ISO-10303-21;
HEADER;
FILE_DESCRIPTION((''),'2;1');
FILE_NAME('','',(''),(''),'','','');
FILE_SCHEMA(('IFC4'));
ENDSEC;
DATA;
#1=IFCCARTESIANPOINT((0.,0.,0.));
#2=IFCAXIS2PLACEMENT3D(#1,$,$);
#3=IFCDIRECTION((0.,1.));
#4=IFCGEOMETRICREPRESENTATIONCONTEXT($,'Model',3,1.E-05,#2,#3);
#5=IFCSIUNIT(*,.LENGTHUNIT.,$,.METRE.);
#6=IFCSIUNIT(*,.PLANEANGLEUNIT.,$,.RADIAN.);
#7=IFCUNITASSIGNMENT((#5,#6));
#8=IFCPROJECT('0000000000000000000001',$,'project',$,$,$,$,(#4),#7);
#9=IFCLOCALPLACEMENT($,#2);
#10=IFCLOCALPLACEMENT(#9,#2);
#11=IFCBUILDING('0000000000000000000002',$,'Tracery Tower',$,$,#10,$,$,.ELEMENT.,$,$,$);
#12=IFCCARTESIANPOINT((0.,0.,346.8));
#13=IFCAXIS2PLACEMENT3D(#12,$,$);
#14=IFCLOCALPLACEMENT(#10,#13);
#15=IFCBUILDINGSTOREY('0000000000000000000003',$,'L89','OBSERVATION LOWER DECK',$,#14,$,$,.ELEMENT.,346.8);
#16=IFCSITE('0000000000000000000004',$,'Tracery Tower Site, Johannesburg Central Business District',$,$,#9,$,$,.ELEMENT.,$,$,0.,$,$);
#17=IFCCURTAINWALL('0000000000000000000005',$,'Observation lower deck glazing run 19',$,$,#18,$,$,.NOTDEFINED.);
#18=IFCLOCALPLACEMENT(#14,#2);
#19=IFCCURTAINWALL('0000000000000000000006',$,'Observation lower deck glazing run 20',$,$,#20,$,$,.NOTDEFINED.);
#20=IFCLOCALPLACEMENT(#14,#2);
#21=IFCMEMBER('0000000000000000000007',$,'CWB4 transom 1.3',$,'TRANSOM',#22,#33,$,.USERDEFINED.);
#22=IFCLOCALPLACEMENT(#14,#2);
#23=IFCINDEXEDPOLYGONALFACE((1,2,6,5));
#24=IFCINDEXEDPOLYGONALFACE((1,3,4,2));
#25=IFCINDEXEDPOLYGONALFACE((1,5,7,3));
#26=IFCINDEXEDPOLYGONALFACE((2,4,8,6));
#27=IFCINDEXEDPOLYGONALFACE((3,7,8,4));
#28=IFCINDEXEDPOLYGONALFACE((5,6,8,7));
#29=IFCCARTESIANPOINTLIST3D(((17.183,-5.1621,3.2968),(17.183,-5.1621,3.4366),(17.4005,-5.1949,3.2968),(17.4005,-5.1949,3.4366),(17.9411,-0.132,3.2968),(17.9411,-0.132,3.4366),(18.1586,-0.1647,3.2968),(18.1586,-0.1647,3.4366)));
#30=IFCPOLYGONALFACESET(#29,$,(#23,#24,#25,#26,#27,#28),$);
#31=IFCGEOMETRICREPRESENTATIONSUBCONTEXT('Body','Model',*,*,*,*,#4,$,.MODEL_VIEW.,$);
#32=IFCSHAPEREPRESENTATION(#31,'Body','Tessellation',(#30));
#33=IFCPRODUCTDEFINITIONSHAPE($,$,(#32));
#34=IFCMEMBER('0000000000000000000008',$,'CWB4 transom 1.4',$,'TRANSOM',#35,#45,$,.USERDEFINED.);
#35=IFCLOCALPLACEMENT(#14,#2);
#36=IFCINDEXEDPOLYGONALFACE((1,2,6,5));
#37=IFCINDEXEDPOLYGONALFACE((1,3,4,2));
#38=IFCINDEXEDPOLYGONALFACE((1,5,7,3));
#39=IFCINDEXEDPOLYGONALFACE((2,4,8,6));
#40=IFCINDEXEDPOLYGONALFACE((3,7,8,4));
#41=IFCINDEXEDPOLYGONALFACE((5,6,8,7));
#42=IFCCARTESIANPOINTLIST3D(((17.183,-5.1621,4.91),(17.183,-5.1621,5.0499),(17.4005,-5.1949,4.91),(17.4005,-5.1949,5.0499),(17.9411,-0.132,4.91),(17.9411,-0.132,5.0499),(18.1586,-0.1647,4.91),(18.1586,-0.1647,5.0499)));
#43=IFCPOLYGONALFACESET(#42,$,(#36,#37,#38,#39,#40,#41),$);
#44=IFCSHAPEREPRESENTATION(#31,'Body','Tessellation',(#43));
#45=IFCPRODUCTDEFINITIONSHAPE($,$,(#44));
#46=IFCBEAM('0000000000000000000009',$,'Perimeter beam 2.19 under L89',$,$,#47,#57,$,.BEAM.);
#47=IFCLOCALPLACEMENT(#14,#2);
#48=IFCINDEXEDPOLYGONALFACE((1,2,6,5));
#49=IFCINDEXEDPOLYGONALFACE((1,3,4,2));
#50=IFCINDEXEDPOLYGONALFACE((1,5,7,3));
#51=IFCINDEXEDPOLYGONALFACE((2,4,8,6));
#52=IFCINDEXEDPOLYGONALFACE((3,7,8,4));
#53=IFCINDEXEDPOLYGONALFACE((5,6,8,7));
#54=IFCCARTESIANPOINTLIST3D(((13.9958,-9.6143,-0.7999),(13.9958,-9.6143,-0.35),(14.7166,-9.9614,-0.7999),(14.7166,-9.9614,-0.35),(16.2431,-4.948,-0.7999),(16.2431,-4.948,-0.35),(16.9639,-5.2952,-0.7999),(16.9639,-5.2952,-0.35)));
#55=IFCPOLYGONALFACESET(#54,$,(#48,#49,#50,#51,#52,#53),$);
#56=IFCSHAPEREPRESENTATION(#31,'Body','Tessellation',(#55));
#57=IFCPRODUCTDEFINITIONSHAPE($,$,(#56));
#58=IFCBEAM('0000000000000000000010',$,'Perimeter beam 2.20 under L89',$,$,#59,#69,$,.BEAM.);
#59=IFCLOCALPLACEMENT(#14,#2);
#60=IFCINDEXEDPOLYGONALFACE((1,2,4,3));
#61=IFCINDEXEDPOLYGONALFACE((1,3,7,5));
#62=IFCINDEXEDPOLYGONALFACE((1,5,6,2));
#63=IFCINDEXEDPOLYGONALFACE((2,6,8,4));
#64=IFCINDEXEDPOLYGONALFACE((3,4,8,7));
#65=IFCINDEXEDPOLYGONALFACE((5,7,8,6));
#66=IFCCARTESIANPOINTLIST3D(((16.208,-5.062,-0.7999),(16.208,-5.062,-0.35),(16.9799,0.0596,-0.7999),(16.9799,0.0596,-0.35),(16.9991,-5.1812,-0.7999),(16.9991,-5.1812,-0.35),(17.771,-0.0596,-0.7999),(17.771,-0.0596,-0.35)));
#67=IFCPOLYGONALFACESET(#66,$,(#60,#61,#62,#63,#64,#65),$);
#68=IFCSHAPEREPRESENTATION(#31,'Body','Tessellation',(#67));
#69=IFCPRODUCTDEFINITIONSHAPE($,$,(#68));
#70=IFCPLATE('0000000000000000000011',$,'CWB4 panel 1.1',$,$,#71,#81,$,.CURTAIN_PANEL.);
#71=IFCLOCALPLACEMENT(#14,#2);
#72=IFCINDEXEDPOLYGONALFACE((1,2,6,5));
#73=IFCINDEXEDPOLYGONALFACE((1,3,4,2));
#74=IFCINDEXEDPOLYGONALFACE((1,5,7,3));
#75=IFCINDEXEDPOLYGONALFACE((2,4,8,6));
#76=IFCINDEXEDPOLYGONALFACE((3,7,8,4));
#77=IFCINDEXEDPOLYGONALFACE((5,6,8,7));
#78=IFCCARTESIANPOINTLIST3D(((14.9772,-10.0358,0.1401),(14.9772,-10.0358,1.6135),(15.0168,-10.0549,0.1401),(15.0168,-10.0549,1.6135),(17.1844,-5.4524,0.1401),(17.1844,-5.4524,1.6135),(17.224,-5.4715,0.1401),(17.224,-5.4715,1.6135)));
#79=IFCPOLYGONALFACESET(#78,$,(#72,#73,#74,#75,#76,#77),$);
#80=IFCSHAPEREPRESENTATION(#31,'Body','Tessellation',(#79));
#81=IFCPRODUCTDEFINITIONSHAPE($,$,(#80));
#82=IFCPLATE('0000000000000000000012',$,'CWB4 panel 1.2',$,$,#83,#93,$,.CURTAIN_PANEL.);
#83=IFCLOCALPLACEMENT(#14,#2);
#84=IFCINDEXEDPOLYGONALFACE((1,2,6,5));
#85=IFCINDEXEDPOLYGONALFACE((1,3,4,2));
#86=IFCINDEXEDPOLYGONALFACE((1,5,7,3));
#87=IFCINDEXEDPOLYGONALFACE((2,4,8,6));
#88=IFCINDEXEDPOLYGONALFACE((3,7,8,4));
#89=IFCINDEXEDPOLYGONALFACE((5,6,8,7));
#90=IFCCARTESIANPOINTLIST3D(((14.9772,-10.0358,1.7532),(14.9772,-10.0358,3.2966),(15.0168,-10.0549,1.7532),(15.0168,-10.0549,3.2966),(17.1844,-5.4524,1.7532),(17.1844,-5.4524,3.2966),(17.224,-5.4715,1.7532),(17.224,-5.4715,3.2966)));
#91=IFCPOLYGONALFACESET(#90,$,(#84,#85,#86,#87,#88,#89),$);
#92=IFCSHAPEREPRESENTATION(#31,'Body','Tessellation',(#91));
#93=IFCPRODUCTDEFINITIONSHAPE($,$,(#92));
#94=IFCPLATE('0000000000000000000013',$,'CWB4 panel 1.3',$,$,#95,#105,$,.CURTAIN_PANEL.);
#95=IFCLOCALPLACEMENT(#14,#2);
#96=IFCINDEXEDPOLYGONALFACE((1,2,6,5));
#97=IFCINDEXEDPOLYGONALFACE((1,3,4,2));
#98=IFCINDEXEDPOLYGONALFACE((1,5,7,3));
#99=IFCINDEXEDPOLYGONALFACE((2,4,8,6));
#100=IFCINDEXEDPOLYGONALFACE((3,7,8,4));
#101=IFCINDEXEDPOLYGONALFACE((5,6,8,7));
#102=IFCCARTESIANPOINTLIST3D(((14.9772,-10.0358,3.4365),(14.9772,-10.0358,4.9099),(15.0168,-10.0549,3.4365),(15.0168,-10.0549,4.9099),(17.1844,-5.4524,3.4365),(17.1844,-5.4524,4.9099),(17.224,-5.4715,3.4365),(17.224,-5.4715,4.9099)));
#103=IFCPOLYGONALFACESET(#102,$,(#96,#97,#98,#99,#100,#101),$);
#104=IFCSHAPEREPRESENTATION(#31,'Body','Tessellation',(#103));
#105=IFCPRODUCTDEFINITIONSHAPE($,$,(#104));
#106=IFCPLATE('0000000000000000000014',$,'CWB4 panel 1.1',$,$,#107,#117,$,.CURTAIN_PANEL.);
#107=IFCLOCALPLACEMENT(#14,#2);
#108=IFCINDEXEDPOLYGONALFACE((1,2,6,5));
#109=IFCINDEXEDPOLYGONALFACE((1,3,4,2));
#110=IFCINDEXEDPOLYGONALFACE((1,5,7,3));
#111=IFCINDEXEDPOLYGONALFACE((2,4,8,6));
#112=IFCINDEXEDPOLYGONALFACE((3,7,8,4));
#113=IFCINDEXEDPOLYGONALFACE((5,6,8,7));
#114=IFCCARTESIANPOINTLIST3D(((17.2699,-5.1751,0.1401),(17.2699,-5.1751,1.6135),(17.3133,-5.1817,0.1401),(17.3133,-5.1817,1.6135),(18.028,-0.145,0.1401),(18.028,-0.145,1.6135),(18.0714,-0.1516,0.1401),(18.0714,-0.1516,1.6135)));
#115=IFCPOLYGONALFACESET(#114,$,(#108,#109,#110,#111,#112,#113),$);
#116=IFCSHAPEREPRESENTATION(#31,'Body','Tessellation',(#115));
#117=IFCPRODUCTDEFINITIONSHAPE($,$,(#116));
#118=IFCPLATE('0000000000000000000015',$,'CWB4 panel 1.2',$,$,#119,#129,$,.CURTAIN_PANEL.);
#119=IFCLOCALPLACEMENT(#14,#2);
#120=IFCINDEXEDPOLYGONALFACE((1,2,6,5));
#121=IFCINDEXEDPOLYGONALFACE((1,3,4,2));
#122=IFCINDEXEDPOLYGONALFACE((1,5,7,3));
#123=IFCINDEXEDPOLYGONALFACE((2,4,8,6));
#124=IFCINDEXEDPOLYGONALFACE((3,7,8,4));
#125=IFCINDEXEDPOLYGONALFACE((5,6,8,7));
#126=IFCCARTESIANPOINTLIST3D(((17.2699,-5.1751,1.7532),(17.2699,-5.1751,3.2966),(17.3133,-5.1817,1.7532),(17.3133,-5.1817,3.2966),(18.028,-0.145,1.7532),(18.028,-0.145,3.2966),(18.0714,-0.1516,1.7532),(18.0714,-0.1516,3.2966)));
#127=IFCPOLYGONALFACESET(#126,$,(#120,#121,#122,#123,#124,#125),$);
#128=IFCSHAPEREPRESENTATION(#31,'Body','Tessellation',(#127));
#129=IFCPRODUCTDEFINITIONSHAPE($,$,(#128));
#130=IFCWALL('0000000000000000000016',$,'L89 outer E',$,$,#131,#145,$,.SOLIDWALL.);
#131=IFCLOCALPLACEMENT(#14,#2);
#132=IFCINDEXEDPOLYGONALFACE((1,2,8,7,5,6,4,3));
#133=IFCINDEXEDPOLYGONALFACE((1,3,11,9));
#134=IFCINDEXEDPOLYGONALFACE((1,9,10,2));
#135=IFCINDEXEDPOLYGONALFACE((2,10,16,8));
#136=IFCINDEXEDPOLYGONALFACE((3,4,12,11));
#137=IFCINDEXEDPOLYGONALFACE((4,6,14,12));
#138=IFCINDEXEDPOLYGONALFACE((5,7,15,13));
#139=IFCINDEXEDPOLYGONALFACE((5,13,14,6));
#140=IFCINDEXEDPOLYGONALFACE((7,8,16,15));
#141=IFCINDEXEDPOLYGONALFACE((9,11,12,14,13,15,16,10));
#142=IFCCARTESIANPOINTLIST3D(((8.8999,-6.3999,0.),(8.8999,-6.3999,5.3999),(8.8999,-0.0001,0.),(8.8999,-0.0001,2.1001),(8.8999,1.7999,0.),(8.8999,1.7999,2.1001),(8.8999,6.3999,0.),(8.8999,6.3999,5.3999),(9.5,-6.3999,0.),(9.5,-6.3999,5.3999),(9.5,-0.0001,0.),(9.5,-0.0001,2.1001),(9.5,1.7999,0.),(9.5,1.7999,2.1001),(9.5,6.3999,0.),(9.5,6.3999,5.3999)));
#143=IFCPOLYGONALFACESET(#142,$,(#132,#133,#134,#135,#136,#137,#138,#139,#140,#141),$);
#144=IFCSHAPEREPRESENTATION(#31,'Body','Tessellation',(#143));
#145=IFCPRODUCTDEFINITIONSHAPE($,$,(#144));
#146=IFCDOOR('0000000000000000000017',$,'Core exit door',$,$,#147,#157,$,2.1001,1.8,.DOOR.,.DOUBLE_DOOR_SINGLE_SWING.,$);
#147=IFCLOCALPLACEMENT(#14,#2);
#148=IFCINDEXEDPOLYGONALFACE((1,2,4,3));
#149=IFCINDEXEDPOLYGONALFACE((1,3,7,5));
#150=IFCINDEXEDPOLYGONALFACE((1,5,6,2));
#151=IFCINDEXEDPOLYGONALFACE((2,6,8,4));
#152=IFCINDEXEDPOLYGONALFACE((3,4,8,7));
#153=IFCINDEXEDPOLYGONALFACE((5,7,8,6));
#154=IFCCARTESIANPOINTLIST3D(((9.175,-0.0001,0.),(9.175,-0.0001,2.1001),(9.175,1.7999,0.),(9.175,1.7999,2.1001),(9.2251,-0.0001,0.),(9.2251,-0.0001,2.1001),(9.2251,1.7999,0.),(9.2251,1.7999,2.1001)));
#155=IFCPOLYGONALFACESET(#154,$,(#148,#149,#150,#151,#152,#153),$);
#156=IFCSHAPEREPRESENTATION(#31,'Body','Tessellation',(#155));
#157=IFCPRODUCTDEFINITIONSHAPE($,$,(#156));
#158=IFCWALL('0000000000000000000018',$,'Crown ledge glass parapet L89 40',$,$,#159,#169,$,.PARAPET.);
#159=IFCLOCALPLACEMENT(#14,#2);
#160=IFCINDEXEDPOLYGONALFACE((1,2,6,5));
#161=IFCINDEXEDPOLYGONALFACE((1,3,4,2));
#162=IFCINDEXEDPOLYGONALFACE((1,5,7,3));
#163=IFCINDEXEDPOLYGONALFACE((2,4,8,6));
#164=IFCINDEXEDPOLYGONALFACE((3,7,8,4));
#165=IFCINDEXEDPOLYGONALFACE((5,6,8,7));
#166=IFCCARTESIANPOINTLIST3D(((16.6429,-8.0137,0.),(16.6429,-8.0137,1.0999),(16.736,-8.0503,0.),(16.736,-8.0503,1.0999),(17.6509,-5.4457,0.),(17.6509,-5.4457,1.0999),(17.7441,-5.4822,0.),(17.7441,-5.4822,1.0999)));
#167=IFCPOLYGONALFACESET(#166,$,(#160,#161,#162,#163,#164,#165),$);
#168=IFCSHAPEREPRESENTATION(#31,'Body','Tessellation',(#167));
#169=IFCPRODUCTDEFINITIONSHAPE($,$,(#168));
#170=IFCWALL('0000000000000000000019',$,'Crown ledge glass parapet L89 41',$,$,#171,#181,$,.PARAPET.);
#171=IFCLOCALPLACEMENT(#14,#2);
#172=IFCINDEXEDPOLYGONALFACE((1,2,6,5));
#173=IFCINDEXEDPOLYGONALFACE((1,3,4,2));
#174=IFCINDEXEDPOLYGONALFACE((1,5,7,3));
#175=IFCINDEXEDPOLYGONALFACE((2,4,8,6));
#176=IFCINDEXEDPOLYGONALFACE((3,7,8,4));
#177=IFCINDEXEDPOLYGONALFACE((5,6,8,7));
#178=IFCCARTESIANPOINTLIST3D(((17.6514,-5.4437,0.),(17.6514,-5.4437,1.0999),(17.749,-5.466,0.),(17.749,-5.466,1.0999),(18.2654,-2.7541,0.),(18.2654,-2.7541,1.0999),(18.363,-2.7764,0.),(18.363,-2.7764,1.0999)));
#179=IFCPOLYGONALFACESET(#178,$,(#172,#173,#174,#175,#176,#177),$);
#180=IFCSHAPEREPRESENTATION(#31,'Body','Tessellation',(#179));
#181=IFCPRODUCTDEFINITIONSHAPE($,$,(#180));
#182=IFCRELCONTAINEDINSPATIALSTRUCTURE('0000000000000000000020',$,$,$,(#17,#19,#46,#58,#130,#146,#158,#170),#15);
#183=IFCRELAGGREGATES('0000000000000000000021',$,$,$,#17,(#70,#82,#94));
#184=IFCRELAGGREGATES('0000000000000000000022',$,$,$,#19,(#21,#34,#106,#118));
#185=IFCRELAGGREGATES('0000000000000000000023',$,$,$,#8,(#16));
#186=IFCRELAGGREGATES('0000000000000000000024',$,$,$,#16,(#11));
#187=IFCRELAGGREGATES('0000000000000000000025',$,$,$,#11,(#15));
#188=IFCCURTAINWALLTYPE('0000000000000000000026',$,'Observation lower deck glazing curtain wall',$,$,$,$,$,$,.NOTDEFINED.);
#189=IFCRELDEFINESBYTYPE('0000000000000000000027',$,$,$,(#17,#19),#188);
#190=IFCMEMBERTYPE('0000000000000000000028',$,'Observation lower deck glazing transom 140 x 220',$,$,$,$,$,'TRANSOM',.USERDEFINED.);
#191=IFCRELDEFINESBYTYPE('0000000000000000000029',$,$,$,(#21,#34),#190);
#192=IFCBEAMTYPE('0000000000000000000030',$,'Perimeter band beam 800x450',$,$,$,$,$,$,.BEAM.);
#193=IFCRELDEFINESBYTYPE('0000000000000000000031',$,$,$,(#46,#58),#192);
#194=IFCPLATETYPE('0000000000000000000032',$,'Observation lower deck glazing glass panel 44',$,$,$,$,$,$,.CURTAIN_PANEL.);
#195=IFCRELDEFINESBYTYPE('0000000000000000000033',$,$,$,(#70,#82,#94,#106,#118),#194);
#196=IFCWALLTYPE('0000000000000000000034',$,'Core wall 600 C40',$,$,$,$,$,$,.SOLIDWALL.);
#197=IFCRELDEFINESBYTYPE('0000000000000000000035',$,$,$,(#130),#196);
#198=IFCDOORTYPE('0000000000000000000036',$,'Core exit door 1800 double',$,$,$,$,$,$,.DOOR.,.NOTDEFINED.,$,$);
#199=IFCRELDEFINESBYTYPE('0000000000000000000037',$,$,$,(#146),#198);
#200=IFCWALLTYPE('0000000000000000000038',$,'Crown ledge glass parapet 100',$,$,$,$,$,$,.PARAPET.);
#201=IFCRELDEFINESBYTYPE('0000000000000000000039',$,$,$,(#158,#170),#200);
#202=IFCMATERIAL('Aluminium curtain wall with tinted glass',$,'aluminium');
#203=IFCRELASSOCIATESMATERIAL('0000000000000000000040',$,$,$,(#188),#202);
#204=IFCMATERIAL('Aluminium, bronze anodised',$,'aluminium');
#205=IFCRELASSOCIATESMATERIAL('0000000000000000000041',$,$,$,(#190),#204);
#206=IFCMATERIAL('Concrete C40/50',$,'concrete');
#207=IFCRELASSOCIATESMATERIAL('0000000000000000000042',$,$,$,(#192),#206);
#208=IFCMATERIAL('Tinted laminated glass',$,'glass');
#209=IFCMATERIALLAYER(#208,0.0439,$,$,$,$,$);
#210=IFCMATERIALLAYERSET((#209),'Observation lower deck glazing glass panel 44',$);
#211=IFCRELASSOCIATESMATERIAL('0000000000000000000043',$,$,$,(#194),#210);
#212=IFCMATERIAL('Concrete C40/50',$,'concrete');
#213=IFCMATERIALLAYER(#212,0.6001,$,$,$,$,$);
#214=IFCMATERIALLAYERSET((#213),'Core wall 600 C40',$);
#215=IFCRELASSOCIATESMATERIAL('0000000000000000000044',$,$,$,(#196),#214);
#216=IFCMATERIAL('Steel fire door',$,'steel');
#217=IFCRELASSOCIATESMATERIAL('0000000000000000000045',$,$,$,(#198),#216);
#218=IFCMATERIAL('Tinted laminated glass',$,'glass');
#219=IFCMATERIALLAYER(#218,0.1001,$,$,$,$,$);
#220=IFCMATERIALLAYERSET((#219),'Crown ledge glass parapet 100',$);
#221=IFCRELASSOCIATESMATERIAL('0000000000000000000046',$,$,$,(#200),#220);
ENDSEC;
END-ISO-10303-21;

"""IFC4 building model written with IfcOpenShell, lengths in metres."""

from ifc_helpers import new_model, si_unit, direction, frame, frame_2d, origin, origin_2d, place, context, subcontext, project, spatial, rectangle, extrude, material, layer, layer_set, material_profile, profile_set, type_object, element, fill, aggregate, save


model = new_model("IFC4")

# Units and contexts
model_context = context("Model", 3, precision=1e-05, world=origin(), true_north=direction((0.0, 1.0)))
body_context = subcontext(model_context, "Body", "Model", "MODEL_VIEW")
ifc_project = project(units=[si_unit("LENGTHUNIT", "METRE"), si_unit("PLANEANGLEUNIT", "RADIAN")], contexts=[model_context])

# Site, building, storey
site_placement = place(None, origin())
site = spatial("IfcSite", under=ifc_project, at=site_placement, Name="Tracery Tower Site, Johannesburg Central Business District", CompositionType="ELEMENT", RefElevation=0.0)
building_placement = place(site_placement, origin())
building = spatial("IfcBuilding", under=site, at=building_placement, Name="Tracery Tower", CompositionType="ELEMENT")
storey_placement = place(building_placement, frame((0.0, 0.0, 346.8)))
storey = spatial("IfcBuildingStorey", under=building, at=storey_placement, Name="L89", Description="OBSERVATION LOWER DECK", CompositionType="ELEMENT", Elevation=346.8)

# Curtain walls
ifc_material_1 = material(Name="Aluminium curtain wall with tinted glass", Category="aluminium")
curtain_wall_type = type_object("IfcCurtainWallType", Name="Observation lower deck glazing curtain wall", PredefinedType="NOTDEFINED", material=ifc_material_1)
curtain_wall_1_placement = place(storey_placement, origin())
curtain_wall_1 = element("IfcCurtainWall", 1, at=curtain_wall_1_placement, inside=storey, type_object=curtain_wall_type, Name="Observation lower deck glazing run 19", PredefinedType="NOTDEFINED")
curtain_wall_2_placement = place(storey_placement, origin())
curtain_wall_2 = element("IfcCurtainWall", 2, at=curtain_wall_2_placement, inside=storey, type_object=curtain_wall_type, Name="Observation lower deck glazing run 20", PredefinedType="NOTDEFINED")

# Members
ifc_material_2 = material(Name="Aluminium, bronze anodised", Category="aluminium")
ifc_material_profile_1 = material_profile(ifc_material_2, rectangle(XDim=0.22, YDim=0.1399, at=origin_2d()), Name="Observation lower deck glazing transom 140 x 220")
ifc_profile_set_1 = profile_set([ifc_material_profile_1], Name="Aluminium, bronze anodised")
member_type_1 = type_object("IfcMemberType", Name="Observation lower deck glazing transom 140 x 220", ElementType="TRANSOM", PredefinedType="USERDEFINED", material=ifc_profile_set_1)
member_1_placement = place(storey_placement, frame((17.2917, -5.1785, 3.3667), z_axis=(0.149023, 0.988834, 0.0), x_axis=(-0.988834, 0.149023, 0.0)))
member_1 = element("IfcMember", 3, at=member_1_placement, type_object=member_type_1, Name="CWB4 transom 1.3", ObjectType="TRANSOM", PredefinedType="USERDEFINED", context=body_context, shape_type="SweptSolid", body=[
    extrude(rectangle(XDim=0.22, YDim=0.1399, at=origin_2d()), origin(), (0.0, 0.0, 1.0), 5.0869),
])
member_2_placement = place(storey_placement, frame((17.2917, -5.1785, 4.98), z_axis=(0.149023, 0.988834, 0.0), x_axis=(-0.988834, 0.149023, 0.0)))
member_2 = element("IfcMember", 4, at=member_2_placement, type_object=member_type_1, Name="CWB4 transom 1.4", ObjectType="TRANSOM", PredefinedType="USERDEFINED", context=body_context, shape_type="SweptSolid", body=[
    extrude(rectangle(XDim=0.22, YDim=0.1399, at=origin_2d()), origin(), (0.0, 0.0, 1.0), 5.0869),
])

# Beams
ifc_material_3 = material(Name="Concrete C40/50", Category="concrete")
ifc_material_profile_2 = material_profile(ifc_material_3, rectangle(XDim=0.8, YDim=0.45, at=origin_2d()), Name="RC 800x450")
ifc_profile_set_2 = profile_set([ifc_material_profile_2], Name="Concrete C40/50")
beam_type = type_object("IfcBeamType", Name="Perimeter band beam 800x450", PredefinedType="BEAM", material=ifc_profile_set_2)
beam_1_placement = place(storey_placement, frame((14.3562, -9.7878, -0.575), z_axis=(0.433909, 0.900957, 0.0), x_axis=(-0.900957, 0.433909, 0.0)))
element("IfcBeam", 5, at=beam_1_placement, inside=storey, type_object=beam_type, Name="Perimeter beam 2.19 under L89", PredefinedType="BEAM", context=body_context, shape_type="SweptSolid", body=[
    extrude(rectangle(XDim=0.8, YDim=0.45, at=origin_2d()), origin(), (0.0, 0.0, 1.0), 5.1792),
])
beam_2_placement = place(storey_placement, frame((16.6035, -5.1216, -0.575), z_axis=(0.149046, 0.98883, 0.0), x_axis=(-0.98883, 0.149046, 0.0)))
element("IfcBeam", 6, at=beam_2_placement, inside=storey, type_object=beam_type, Name="Perimeter beam 2.20 under L89", PredefinedType="BEAM", context=body_context, shape_type="SweptSolid", body=[
    extrude(rectangle(XDim=0.8, YDim=0.45, at=origin_2d()), origin(), (0.0, 0.0, 1.0), 5.1794),
])

# Plates
ifc_material_4 = material(Name="Tinted laminated glass", Category="glass")
ifc_layer_1 = layer(ifc_material_4, 0.0439)
ifc_layer_set_1 = layer_set([ifc_layer_1], Name="Observation lower deck glazing glass panel 44")
plate_type = type_object("IfcPlateType", Name="Observation lower deck glazing glass panel 44", PredefinedType="CURTAIN_PANEL", material=ifc_layer_set_1)
plate_1_placement = place(storey_placement, frame((16.1006, -7.7537, 0.1401), z_axis=(0.0, 0.0, 1.0), x_axis=(0.433876, 0.900972, 0.0)))
plate_1 = element("IfcPlate", 7, at=plate_1_placement, type_object=plate_type, Name="CWB4 panel 1.1", PredefinedType="CURTAIN_PANEL", context=body_context, shape_type="SweptSolid", body=[
    extrude(rectangle(XDim=5.0872, YDim=0.0439, at=origin_2d()), origin(), (0.0, 0.0, 1.0), 1.4734),
])
plate_2_placement = place(storey_placement, frame((16.1006, -7.7537, 1.7532), z_axis=(0.0, 0.0, 1.0), x_axis=(0.433876, 0.900972, 0.0)))
plate_2 = element("IfcPlate", 8, at=plate_2_placement, type_object=plate_type, Name="CWB4 panel 1.2", PredefinedType="CURTAIN_PANEL", context=body_context, shape_type="SweptSolid", body=[
    extrude(rectangle(XDim=5.0872, YDim=0.0439, at=origin_2d()), origin(), (0.0, 0.0, 1.0), 1.5435),
])
plate_3_placement = place(storey_placement, frame((16.1006, -7.7537, 3.4365), z_axis=(0.0, 0.0, 1.0), x_axis=(0.433876, 0.900972, 0.0)))
plate_3 = element("IfcPlate", 9, at=plate_3_placement, type_object=plate_type, Name="CWB4 panel 1.3", PredefinedType="CURTAIN_PANEL", context=body_context, shape_type="SweptSolid", body=[
    extrude(rectangle(XDim=5.0872, YDim=0.0439, at=origin_2d()), origin(), (0.0, 0.0, 1.0), 1.4734),
])
aggregate(curtain_wall_1, [plate_1, plate_2, plate_3])
plate_4_placement = place(storey_placement, frame((17.6707, -2.6633, 0.1401), z_axis=(0.0, 0.0, 1.0), x_axis=(0.149031, 0.988833, 0.0)))
plate_4 = element("IfcPlate", 10, at=plate_4_placement, type_object=plate_type, Name="CWB4 panel 1.1", PredefinedType="CURTAIN_PANEL", context=body_context, shape_type="SweptSolid", body=[
    extrude(rectangle(XDim=5.0869, YDim=0.0439, at=origin_2d()), origin(), (0.0, 0.0, 1.0), 1.4734),
])
plate_5_placement = place(storey_placement, frame((17.6707, -2.6633, 1.7532), z_axis=(0.0, 0.0, 1.0), x_axis=(0.149031, 0.988833, 0.0)))
plate_5 = element("IfcPlate", 11, at=plate_5_placement, type_object=plate_type, Name="CWB4 panel 1.2", PredefinedType="CURTAIN_PANEL", context=body_context, shape_type="SweptSolid", body=[
    extrude(rectangle(XDim=5.0869, YDim=0.0439, at=origin_2d()), origin(), (0.0, 0.0, 1.0), 1.5435),
])
aggregate(curtain_wall_2, [member_1, member_2, plate_4, plate_5])

# Wall, opening, door
ifc_material_5 = material(Name="Concrete C40/50", Category="concrete")
ifc_layer_2 = layer(ifc_material_5, 0.6001)
ifc_layer_set_2 = layer_set([ifc_layer_2], Name="Core wall 600 C40")
wall_type_1 = type_object("IfcWallType", Name="Core wall 600 C40", PredefinedType="SOLIDWALL", material=ifc_layer_set_2)
wall_1_placement = place(storey_placement, frame((9.2, -6.3999, 0.0), z_axis=(0.0, 0.0, 1.0), x_axis=(0.0, 1.0, 0.0)))
wall_1 = element("IfcWall", 12, at=wall_1_placement, inside=storey, type_object=wall_type_1, Name="L89 outer E", PredefinedType="SOLIDWALL", context=body_context, shape_type="SweptSolid", body=[
    extrude(rectangle(XDim=12.7998, YDim=0.6001, at=frame_2d((6.3999, 0.0))), origin(), (0.0, 0.0, 1.0), 5.3999),
])
opening_placement = place(wall_1_placement, frame((6.3999, 0.0, 0.0)))
opening = element("IfcOpeningElement", 13, at=opening_placement, cuts=wall_1, PredefinedType="OPENING", context=body_context, shape_type="SweptSolid", body=[
    extrude(rectangle(XDim=1.8, YDim=2.1001, at=frame_2d((0.8999, 1.05))), frame((0.0, 0.3, 0.0), z_axis=(0.0, -1.0, 0.0), x_axis=(1.0, 0.0, 0.0)), (0.0, 0.0, 1.0), 0.6001),
])
ifc_material_6 = material(Name="Steel fire door", Category="steel")
door_type = type_object("IfcDoorType", Name="Core exit door 1800 double", OperationType="NOTDEFINED", PredefinedType="DOOR", material=ifc_material_6)
door_placement = place(opening_placement, origin())
door = element("IfcDoor", 14, at=door_placement, inside=storey, type_object=door_type, Name="Core exit door", OperationType="DOUBLE_DOOR_SINGLE_SWING", OverallHeight=2.1001, OverallWidth=1.8, PredefinedType="DOOR", context=body_context, shape_type="SweptSolid", body=[
    extrude(rectangle(XDim=1.8, YDim=2.1001, at=frame_2d((0.8999, 1.05))), frame((0.0, 0.0249, 0.0), z_axis=(0.0, -1.0, 0.0), x_axis=(1.0, 0.0, 0.0)), (0.0, 0.0, 1.0), 0.05),
])
fill(opening, door)

# Walls
ifc_material_7 = material(Name="Tinted laminated glass", Category="glass")
ifc_layer_3 = layer(ifc_material_7, 0.1001)
ifc_layer_set_3 = layer_set([ifc_layer_3], Name="Crown ledge glass parapet 100")
wall_type_2 = type_object("IfcWallType", Name="Crown ledge glass parapet 100", PredefinedType="PARAPET", material=ifc_layer_set_3)
for number, where, z_axis, x_axis, name in (
    (15, (16.6895, -8.032, 0.0), (0.0, 0.0, 1.0), (0.365387, 0.930856, 0.0), "Crown ledge glass parapet L89 40"),
    (16, (17.7002, -5.4548, 0.0), (0.0, 0.0, 1.0), (0.222558, 0.974919, 0.0), "Crown ledge glass parapet L89 41"),
):
    element("IfcWall", number, at=place(storey_placement, frame(where, z_axis=z_axis, x_axis=x_axis)), inside=storey, type_object=wall_type_2, Name=name, PredefinedType="PARAPET", context=body_context, shape_type="SweptSolid", body=[
        extrude(rectangle(XDim=2.7588, YDim=0.1001, at=frame_2d((1.3794, 0.0))), origin(), (0.0, 0.0, 1.0), 1.0999),
    ])

save(model, "model.ifc")
